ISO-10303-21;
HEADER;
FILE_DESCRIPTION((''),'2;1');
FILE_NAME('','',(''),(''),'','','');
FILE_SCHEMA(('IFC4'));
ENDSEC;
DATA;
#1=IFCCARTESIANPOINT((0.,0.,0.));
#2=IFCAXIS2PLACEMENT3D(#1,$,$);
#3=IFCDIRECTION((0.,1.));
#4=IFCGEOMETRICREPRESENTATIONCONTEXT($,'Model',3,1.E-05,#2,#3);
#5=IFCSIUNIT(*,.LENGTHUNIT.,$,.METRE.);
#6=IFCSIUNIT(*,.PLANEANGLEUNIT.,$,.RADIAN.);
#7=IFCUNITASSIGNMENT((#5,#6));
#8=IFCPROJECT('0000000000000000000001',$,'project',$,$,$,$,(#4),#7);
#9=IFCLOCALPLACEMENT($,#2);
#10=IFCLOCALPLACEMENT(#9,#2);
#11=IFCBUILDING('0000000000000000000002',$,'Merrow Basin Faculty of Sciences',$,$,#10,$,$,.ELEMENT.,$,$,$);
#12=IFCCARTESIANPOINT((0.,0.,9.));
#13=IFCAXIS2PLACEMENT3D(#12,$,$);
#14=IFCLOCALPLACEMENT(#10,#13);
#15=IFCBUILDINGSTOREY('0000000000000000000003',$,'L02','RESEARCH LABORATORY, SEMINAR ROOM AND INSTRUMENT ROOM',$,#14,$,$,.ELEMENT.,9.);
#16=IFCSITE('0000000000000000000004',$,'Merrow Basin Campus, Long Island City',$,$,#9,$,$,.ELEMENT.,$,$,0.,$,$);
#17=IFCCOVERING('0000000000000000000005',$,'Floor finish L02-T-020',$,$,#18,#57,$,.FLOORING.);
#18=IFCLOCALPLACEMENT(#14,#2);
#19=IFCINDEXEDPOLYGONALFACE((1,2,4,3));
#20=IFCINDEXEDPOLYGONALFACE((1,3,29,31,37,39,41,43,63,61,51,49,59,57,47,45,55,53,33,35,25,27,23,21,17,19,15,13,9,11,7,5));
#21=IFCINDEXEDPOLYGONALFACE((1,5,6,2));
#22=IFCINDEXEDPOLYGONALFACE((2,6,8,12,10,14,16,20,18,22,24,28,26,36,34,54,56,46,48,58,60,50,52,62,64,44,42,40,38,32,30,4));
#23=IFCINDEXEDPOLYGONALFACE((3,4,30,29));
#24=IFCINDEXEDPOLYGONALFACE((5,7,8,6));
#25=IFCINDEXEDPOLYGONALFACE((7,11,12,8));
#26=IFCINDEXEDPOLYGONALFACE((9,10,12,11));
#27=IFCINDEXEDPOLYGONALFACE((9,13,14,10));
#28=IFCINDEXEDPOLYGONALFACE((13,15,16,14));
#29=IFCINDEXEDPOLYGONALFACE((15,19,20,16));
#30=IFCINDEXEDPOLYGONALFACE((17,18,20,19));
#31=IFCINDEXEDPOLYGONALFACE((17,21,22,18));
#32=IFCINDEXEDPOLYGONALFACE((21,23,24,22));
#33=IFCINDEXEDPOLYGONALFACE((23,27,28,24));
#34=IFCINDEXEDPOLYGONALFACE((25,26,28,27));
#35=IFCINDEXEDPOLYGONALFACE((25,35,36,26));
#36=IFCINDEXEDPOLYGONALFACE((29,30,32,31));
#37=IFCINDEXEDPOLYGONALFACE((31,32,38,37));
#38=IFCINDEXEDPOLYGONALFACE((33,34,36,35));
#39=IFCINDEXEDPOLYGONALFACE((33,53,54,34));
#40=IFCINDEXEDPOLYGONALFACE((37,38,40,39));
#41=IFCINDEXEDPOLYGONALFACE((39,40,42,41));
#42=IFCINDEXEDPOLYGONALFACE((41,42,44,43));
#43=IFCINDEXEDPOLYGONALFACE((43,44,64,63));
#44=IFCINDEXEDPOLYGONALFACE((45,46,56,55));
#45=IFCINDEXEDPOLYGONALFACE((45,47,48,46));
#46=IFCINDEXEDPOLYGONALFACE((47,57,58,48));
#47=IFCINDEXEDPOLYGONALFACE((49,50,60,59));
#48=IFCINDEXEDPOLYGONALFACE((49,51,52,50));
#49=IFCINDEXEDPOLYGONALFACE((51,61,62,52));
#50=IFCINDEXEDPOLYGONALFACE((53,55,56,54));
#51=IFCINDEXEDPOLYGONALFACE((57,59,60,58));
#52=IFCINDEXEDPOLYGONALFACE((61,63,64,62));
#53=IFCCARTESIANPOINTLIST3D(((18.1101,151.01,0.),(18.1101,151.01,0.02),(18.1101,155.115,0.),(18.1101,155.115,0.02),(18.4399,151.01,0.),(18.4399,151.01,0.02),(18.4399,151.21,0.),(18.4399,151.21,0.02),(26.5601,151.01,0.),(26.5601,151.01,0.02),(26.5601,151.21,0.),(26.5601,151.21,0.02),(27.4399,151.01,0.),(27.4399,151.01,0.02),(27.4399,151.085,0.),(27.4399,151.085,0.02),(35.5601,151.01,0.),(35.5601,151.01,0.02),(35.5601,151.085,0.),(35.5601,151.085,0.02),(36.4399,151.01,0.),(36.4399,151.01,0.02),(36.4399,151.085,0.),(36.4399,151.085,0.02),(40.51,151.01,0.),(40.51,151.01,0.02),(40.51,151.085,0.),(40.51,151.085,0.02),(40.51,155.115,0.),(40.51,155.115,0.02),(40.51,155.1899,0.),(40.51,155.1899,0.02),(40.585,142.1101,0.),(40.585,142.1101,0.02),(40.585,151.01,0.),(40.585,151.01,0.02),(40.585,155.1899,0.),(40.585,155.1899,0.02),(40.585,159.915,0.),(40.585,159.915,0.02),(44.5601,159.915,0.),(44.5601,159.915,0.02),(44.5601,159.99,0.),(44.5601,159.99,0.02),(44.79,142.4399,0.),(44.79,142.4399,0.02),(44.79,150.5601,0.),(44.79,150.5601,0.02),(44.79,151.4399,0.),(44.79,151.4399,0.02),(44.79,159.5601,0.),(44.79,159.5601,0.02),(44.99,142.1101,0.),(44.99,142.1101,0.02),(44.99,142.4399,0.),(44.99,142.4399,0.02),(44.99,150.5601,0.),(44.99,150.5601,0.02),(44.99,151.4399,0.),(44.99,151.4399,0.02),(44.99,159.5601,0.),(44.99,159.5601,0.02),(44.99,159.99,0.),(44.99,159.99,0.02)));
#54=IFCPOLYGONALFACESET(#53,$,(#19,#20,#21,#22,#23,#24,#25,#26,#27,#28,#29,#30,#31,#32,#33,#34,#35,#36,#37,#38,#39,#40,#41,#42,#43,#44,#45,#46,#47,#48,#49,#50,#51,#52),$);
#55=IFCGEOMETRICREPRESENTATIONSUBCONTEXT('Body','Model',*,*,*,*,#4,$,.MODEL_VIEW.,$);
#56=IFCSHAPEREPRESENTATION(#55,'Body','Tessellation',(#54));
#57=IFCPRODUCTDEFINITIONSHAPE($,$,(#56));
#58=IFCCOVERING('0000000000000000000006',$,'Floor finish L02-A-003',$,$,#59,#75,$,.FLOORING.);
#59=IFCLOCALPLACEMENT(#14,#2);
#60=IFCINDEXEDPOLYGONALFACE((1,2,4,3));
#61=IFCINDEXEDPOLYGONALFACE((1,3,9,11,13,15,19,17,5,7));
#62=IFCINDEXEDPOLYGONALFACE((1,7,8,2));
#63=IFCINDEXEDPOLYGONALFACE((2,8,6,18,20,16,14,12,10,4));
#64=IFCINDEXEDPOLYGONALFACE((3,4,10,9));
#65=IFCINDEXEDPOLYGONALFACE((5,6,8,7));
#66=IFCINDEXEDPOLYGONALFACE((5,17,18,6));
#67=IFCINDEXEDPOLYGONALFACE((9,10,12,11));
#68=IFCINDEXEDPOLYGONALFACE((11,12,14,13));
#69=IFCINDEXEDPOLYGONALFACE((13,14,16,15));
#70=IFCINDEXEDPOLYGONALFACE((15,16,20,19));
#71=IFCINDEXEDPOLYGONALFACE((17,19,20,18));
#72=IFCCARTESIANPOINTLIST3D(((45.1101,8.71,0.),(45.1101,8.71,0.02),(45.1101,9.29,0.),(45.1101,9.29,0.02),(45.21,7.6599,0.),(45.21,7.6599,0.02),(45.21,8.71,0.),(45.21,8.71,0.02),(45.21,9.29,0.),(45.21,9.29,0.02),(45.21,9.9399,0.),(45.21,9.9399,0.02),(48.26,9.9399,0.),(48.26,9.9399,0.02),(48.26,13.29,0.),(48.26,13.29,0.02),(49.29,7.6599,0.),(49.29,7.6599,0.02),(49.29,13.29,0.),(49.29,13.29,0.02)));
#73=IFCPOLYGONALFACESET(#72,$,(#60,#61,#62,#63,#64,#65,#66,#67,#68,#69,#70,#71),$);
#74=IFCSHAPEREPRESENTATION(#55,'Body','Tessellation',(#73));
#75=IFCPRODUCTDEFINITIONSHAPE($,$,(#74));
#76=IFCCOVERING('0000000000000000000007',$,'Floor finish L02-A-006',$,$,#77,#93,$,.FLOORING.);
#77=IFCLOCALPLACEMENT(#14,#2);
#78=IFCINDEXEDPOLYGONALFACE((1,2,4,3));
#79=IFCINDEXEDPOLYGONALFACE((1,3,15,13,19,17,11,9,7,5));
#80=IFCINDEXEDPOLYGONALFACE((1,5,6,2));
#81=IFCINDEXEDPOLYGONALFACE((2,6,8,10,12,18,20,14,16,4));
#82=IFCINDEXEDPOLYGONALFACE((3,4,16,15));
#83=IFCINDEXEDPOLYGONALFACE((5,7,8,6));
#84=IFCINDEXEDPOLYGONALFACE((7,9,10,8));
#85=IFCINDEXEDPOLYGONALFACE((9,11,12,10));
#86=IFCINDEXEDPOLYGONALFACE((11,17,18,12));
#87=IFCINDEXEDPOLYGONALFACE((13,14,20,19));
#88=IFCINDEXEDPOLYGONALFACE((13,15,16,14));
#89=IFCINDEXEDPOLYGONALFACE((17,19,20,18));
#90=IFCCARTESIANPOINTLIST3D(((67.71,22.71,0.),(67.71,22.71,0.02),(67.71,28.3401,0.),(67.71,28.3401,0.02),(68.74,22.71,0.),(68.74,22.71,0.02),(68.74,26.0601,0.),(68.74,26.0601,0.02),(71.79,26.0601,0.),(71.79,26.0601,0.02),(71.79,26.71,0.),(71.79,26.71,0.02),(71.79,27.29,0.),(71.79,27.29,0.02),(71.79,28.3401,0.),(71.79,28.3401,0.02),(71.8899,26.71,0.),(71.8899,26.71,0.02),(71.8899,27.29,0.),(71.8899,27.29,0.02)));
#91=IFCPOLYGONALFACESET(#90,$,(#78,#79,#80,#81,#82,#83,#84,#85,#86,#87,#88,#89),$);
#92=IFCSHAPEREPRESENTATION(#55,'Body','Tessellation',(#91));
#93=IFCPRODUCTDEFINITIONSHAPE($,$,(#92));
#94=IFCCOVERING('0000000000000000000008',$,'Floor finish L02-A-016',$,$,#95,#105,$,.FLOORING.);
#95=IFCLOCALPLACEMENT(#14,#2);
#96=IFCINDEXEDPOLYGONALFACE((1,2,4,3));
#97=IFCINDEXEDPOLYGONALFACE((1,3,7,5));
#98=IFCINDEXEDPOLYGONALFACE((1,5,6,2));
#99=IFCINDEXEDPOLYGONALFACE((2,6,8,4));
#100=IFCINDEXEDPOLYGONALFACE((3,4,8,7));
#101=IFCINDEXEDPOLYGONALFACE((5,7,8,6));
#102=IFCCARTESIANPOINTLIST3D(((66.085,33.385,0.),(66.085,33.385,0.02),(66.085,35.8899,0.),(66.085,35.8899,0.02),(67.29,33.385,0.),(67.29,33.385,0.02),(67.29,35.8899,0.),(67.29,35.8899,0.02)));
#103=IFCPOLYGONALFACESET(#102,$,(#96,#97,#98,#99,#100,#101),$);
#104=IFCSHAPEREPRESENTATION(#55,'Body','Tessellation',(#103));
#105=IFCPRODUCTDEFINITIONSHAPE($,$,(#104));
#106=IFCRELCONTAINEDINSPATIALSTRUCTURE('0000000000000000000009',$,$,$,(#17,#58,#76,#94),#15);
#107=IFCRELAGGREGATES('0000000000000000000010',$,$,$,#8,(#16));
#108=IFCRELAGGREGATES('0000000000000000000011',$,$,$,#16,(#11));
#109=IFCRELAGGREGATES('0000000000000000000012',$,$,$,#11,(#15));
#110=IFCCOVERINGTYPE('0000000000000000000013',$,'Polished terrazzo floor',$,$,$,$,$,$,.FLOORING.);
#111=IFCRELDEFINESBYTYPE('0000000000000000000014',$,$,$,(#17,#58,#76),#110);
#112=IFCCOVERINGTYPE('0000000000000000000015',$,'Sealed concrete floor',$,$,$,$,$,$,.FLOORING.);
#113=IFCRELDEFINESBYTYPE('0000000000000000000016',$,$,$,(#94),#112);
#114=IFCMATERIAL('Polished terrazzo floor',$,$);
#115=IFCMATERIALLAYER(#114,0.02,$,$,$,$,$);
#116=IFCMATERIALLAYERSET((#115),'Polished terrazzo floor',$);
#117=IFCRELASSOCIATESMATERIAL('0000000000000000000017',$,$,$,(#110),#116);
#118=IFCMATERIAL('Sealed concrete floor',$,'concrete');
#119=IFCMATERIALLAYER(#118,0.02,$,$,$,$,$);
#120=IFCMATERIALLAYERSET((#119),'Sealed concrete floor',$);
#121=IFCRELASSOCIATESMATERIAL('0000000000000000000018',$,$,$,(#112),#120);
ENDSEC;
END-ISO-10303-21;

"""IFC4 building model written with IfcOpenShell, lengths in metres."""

from ifc_helpers import new_model, si_unit, direction, frame, origin, place, context, subcontext, project, spatial, polyline, outline, extrude, material, layer, layer_set, type_object, element, save


model = new_model("IFC4")

# Units and contexts
model_context = context("Model", 3, precision=1e-05, world=origin(), true_north=direction((0.0, 1.0)))
body_context = subcontext(model_context, "Body", "Model", "MODEL_VIEW")
ifc_project = project(units=[si_unit("LENGTHUNIT", "METRE"), si_unit("PLANEANGLEUNIT", "RADIAN")], contexts=[model_context])

# Site, building, storey
site_placement = place(None, origin())
site = spatial("IfcSite", under=ifc_project, at=site_placement, Name="Merrow Basin Campus, Long Island City", CompositionType="ELEMENT", RefElevation=0.0)
building_placement = place(site_placement, origin())
building = spatial("IfcBuilding", under=site, at=building_placement, Name="Merrow Basin Faculty of Sciences", CompositionType="ELEMENT")
storey_placement = place(building_placement, frame((0.0, 0.0, 9.0)))
storey = spatial("IfcBuildingStorey", under=building, at=storey_placement, Name="L02", Description="RESEARCH LABORATORY, SEMINAR ROOM AND INSTRUMENT ROOM", CompositionType="ELEMENT", Elevation=9.0)

# Coverings
ifc_material_1 = material(Name="Polished terrazzo floor")
ifc_layer_1 = layer(ifc_material_1, 0.02)
ifc_layer_set_1 = layer_set([ifc_layer_1], Name="Polished terrazzo floor")
covering_type_1 = type_object("IfcCoveringType", Name="Polished terrazzo floor", PredefinedType="FLOORING", material=ifc_layer_set_1)
covering_1_placement = place(storey_placement, origin())
element("IfcCovering", 1, at=covering_1_placement, inside=storey, type_object=covering_type_1, Name="Floor finish L02-T-020", PredefinedType="FLOORING", context=body_context, shape_type="SweptSolid", body=[
    extrude(outline(polyline([(44.99, 159.5601), (44.79, 159.5601), (44.79, 151.4399), (44.99, 151.4399), (44.99, 150.5601), (44.79, 150.5601), (44.79, 142.4399), (44.99, 142.4399), (44.99, 142.1101), (40.585, 142.1101), (40.585, 151.01), (40.51, 151.01), (40.51, 151.085), (36.4399, 151.085), (36.4399, 151.01), (35.5601, 151.01), (35.5601, 151.085), (27.4399, 151.085), (27.4399, 151.01), (26.5601, 151.01), (26.5601, 151.21), (18.4399, 151.21), (18.4399, 151.01), (18.1101, 151.01), (18.1101, 155.115), (40.51, 155.115), (40.51, 155.1899), (40.585, 155.1899), (40.585, 159.915), (44.5601, 159.915), (44.5601, 159.99), (44.99, 159.99), (44.99, 159.5601)])), origin(), (0.0, 0.0, 1.0), 0.02),
])
covering_2_placement = place(storey_placement, origin())
element("IfcCovering", 2, at=covering_2_placement, inside=storey, type_object=covering_type_1, Name="Floor finish L02-A-003", PredefinedType="FLOORING", context=body_context, shape_type="SweptSolid", body=[
    extrude(outline(polyline([(45.1101, 9.29), (45.21, 9.29), (45.21, 9.9399), (48.26, 9.9399), (48.26, 13.29), (49.29, 13.29), (49.29, 7.6599), (45.21, 7.6599), (45.21, 8.71), (45.1101, 8.71), (45.1101, 9.29)])), origin(), (0.0, 0.0, 1.0), 0.02),
])
covering_3_placement = place(storey_placement, origin())
element("IfcCovering", 3, at=covering_3_placement, inside=storey, type_object=covering_type_1, Name="Floor finish L02-A-006", PredefinedType="FLOORING", context=body_context, shape_type="SweptSolid", body=[
    extrude(outline(polyline([(71.8899, 26.71), (71.79, 26.71), (71.79, 26.0601), (68.74, 26.0601), (68.74, 22.71), (67.71, 22.71), (67.71, 28.3401), (71.79, 28.3401), (71.79, 27.29), (71.8899, 27.29), (71.8899, 26.71)])), origin(), (0.0, 0.0, 1.0), 0.02),
])
ifc_material_2 = material(Name="Sealed concrete floor", Category="concrete")
ifc_layer_2 = layer(ifc_material_2, 0.02)
ifc_layer_set_2 = layer_set([ifc_layer_2], Name="Sealed concrete floor")
covering_type_2 = type_object("IfcCoveringType", Name="Sealed concrete floor", PredefinedType="FLOORING", material=ifc_layer_set_2)
covering_4_placement = place(storey_placement, origin())
element("IfcCovering", 4, at=covering_4_placement, inside=storey, type_object=covering_type_2, Name="Floor finish L02-A-016", PredefinedType="FLOORING", context=body_context, shape_type="SweptSolid", body=[
    extrude(outline(polyline([(67.29, 35.8899), (67.29, 33.385), (66.085, 33.385), (66.085, 35.8899), (67.29, 35.8899)])), origin(), (0.0, 0.0, 1.0), 0.02),
])

save(model, "model.ifc")
